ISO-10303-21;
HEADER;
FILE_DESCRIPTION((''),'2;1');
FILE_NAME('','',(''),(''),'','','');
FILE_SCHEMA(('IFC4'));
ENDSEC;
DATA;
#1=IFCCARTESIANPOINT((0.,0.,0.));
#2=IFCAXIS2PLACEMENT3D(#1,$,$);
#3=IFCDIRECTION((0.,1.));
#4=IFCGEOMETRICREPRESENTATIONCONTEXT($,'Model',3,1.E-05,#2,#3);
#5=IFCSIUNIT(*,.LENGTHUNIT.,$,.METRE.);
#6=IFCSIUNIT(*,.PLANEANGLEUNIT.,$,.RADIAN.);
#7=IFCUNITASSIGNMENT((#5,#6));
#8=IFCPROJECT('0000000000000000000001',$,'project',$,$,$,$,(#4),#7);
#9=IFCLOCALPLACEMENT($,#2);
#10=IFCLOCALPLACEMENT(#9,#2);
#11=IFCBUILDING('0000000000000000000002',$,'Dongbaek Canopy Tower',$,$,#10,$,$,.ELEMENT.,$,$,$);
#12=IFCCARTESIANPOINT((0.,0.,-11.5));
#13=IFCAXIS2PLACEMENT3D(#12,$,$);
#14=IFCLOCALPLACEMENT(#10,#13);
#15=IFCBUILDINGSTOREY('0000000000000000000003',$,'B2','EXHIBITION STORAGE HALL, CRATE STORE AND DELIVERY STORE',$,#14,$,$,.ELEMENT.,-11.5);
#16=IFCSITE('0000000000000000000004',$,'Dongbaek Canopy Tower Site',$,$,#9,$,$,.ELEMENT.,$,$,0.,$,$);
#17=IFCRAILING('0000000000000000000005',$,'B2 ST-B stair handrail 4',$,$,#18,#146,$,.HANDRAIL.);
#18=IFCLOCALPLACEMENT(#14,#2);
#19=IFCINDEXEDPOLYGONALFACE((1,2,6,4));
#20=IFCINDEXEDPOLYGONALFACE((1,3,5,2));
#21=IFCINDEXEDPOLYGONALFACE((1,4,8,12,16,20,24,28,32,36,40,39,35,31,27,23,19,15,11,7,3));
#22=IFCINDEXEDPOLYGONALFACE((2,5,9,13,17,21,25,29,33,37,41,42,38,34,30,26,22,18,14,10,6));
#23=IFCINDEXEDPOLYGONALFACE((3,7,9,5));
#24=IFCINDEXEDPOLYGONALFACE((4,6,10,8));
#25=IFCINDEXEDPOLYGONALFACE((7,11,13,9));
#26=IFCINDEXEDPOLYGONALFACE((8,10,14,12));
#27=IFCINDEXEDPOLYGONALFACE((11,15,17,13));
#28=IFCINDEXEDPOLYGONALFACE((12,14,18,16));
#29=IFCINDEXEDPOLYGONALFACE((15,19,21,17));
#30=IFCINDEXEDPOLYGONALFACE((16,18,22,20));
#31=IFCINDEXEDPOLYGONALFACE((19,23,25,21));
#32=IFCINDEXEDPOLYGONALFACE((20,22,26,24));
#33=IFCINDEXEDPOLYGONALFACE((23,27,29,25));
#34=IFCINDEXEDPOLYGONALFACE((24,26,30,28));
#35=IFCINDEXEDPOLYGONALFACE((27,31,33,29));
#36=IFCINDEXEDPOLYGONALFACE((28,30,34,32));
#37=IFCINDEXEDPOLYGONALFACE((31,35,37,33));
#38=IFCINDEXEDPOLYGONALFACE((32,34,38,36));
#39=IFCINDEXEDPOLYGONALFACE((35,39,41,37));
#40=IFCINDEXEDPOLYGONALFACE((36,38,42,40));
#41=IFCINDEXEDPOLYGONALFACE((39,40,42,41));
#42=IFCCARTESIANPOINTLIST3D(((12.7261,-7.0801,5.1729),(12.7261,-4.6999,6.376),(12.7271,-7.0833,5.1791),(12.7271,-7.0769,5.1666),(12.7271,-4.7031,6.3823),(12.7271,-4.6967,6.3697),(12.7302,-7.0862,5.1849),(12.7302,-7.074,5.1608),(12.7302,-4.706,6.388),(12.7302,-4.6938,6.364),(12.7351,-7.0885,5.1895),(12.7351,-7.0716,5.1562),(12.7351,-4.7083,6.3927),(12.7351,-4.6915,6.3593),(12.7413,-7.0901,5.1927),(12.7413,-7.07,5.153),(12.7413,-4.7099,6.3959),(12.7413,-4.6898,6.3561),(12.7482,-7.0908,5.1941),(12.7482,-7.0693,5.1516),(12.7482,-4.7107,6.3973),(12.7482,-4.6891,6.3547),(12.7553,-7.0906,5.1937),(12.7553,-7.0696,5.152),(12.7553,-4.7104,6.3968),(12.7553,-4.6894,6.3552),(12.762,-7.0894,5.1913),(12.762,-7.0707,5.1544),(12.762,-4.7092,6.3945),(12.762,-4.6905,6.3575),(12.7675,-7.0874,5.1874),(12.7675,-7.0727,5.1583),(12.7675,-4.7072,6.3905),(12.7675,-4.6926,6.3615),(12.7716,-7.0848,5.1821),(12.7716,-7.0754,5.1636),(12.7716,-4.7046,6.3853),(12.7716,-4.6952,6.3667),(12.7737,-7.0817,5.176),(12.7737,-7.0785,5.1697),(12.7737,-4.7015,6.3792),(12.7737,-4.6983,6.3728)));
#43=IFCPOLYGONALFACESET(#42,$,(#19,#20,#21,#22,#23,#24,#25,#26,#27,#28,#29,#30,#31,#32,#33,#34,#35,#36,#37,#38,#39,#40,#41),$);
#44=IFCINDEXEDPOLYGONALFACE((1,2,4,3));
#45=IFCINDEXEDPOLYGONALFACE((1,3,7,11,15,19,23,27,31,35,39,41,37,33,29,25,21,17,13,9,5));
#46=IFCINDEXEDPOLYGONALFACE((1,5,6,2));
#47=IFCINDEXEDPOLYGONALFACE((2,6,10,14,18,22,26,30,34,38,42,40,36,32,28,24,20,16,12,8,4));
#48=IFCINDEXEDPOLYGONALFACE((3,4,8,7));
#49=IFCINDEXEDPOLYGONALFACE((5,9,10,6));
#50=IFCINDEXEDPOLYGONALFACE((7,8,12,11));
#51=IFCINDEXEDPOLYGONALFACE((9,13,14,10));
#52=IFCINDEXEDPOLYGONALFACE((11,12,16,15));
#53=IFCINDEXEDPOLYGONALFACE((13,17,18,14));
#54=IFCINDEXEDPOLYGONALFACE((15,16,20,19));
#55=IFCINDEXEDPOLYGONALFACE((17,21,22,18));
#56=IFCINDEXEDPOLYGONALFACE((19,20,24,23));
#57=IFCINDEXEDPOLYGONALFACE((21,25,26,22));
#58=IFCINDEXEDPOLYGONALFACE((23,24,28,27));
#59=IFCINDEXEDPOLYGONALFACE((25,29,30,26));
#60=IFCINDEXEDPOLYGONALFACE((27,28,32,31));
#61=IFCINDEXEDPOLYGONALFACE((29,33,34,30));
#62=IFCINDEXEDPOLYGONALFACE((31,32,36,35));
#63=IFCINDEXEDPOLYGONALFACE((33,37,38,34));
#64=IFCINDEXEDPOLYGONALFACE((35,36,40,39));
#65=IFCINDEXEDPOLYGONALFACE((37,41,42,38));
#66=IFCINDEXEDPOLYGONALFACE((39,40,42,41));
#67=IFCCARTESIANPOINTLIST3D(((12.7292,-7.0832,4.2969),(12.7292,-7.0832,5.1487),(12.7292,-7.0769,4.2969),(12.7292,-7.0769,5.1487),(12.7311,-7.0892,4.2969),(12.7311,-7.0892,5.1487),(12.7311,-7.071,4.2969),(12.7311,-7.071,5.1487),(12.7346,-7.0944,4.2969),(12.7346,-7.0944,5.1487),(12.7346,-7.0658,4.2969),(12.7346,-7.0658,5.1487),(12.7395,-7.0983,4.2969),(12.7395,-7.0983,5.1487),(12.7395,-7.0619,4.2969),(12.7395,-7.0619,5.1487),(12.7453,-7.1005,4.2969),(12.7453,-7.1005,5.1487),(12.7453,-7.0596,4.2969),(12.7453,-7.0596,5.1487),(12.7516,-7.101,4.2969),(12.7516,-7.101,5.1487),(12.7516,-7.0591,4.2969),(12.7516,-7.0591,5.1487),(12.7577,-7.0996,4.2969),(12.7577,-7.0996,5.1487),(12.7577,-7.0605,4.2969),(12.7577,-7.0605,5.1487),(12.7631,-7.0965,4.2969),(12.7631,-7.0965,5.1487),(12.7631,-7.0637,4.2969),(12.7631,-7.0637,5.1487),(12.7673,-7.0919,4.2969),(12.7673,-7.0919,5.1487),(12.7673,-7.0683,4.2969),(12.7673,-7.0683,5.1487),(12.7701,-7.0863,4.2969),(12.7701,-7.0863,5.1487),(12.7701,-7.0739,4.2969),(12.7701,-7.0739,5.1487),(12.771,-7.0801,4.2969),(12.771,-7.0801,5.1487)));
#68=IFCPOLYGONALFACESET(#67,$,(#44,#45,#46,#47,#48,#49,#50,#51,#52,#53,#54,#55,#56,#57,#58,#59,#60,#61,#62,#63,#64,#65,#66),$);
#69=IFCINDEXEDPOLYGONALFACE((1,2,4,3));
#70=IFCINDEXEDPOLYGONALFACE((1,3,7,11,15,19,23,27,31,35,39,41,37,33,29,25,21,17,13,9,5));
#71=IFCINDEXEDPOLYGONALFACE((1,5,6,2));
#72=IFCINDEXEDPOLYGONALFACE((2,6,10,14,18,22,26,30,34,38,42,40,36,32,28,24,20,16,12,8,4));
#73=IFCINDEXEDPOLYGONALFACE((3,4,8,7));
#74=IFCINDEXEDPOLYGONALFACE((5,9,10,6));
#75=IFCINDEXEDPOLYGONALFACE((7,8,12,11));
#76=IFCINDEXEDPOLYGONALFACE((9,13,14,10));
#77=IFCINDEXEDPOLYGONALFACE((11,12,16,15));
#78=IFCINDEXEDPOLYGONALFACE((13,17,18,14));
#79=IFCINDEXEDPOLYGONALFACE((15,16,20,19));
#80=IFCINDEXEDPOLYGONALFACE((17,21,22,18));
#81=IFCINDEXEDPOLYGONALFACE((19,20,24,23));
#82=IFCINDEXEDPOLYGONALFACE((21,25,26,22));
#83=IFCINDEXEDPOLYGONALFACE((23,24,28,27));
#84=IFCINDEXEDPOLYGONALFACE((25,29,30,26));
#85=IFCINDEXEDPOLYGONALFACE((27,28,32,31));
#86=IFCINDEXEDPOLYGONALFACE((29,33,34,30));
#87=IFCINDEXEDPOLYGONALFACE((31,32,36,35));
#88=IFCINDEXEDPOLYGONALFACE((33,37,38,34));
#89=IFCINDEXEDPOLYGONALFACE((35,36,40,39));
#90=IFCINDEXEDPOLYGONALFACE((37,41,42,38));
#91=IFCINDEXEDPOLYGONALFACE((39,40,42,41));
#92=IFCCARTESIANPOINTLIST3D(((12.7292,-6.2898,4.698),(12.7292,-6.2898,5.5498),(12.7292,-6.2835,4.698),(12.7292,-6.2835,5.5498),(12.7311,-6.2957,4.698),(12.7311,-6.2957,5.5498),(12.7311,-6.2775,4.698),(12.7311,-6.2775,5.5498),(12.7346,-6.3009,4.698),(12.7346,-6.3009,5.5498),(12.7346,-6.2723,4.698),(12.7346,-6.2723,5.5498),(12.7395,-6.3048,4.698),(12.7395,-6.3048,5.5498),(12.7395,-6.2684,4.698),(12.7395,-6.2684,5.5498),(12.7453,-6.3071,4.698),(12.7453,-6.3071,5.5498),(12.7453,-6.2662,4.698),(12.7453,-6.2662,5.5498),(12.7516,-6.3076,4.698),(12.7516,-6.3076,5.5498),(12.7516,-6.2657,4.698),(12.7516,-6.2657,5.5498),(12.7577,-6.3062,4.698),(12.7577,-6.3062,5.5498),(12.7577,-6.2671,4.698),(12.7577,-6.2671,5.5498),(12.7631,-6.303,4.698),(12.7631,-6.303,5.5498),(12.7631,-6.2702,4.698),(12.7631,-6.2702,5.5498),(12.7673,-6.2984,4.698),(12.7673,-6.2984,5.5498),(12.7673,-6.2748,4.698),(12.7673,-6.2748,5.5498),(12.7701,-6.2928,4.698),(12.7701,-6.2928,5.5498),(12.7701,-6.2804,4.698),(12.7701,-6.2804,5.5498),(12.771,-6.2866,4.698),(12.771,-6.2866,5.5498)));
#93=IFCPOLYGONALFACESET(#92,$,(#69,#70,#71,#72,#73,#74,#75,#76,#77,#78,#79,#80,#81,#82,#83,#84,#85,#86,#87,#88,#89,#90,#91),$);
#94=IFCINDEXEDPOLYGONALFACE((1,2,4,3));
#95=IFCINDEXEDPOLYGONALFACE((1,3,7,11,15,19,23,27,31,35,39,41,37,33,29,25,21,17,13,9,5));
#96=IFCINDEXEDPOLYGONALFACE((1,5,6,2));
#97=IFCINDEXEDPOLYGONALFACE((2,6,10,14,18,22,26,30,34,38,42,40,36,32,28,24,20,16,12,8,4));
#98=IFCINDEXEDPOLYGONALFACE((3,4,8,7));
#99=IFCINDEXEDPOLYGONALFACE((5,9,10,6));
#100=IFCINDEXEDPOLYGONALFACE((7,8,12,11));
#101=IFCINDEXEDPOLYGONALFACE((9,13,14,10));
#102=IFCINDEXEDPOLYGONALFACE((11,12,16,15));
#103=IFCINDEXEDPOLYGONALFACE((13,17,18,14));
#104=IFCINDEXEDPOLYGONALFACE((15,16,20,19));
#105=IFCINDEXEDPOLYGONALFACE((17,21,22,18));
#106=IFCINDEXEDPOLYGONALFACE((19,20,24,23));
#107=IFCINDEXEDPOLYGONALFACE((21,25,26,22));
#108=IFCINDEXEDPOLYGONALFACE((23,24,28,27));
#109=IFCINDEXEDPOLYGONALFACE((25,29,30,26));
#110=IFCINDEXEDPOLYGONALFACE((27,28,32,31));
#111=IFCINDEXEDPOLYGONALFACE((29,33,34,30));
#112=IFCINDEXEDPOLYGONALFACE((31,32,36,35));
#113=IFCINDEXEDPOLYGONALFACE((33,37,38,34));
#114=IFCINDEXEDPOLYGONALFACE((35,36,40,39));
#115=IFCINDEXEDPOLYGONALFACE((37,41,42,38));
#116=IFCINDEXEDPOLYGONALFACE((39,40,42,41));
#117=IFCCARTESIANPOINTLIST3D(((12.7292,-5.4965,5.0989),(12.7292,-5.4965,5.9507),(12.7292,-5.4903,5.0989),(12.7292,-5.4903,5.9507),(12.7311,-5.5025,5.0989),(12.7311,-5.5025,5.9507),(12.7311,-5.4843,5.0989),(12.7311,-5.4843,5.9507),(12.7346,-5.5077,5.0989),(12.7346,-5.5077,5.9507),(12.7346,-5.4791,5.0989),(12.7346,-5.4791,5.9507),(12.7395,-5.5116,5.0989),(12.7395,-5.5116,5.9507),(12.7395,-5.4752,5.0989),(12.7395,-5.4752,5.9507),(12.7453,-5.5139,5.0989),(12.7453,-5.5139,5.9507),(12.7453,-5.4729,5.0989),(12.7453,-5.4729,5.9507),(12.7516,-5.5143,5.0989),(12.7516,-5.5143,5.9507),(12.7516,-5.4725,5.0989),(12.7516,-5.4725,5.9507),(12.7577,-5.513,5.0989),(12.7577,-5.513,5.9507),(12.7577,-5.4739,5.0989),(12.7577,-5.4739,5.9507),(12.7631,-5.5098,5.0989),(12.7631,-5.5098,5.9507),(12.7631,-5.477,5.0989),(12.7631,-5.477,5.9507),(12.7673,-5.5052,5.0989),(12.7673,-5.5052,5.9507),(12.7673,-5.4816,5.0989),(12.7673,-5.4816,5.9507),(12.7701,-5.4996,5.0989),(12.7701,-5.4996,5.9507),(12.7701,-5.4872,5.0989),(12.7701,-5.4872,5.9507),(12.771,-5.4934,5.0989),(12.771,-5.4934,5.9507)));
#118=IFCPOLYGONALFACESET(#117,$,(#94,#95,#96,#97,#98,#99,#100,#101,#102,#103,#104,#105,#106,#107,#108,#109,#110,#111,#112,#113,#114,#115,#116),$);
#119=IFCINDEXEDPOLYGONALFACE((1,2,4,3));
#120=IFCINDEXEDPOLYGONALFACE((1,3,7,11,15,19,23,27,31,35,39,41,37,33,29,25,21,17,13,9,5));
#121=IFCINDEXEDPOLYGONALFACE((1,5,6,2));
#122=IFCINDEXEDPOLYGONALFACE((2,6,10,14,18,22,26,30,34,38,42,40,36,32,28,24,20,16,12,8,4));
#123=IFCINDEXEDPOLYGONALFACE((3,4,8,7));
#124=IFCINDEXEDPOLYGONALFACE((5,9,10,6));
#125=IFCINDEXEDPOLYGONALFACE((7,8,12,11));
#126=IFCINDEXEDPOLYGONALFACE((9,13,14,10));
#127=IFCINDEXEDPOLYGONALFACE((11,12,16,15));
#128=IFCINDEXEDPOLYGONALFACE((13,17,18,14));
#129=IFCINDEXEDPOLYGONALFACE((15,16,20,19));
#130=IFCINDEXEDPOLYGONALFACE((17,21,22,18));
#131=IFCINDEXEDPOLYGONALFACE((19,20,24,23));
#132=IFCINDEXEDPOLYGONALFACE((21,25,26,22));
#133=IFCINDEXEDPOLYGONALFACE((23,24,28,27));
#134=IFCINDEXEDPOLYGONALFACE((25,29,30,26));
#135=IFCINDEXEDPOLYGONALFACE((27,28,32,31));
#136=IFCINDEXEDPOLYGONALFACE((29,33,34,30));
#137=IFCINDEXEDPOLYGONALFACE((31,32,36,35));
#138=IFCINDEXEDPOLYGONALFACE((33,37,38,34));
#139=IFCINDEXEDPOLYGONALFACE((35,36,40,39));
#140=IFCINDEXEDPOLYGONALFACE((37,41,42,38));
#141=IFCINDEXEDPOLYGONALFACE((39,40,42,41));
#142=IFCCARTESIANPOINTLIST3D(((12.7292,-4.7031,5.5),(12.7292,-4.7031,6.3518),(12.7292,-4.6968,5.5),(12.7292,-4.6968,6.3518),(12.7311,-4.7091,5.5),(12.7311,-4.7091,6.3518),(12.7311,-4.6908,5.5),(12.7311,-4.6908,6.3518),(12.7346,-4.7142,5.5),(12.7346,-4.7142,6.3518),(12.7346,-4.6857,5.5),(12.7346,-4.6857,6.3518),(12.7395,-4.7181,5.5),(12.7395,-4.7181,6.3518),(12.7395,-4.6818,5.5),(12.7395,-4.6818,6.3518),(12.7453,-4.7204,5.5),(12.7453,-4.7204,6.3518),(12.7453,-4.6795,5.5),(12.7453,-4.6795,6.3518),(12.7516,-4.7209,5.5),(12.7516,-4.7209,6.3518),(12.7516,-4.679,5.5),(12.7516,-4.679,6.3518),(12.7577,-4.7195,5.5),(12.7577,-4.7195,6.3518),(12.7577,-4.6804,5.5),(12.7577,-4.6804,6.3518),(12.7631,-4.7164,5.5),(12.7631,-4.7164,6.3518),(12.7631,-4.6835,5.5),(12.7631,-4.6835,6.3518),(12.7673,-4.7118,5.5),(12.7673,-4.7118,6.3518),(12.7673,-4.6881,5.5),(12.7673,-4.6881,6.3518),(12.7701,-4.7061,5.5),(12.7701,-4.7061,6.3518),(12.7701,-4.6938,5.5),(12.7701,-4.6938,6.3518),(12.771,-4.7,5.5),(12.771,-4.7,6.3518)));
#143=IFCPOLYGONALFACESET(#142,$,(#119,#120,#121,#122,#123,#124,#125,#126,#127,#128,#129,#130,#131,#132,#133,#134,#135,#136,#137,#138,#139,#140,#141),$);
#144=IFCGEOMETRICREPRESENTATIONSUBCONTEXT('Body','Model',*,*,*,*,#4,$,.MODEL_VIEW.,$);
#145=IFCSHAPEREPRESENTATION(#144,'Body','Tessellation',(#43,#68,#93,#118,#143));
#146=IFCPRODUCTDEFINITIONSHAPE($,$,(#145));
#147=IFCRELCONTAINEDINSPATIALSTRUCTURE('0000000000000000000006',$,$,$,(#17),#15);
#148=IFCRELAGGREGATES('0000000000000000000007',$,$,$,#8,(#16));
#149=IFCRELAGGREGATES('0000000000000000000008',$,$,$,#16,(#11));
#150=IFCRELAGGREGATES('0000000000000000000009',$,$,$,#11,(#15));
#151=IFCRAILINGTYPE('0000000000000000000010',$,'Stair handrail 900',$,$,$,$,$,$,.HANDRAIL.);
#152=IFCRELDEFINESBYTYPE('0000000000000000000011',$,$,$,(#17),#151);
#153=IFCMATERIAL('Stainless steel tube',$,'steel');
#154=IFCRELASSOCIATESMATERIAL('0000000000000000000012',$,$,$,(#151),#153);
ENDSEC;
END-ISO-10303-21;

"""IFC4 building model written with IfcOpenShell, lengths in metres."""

from ifc_helpers import new_model, si_unit, direction, frame, origin, origin_2d, place, context, subcontext, project, spatial, circle, extrude, material, type_object, element, save


model = new_model("IFC4")

# Units and contexts
model_context = context("Model", 3, precision=1e-05, world=origin(), true_north=direction((0.0, 1.0)))
body_context = subcontext(model_context, "Body", "Model", "MODEL_VIEW")
ifc_project = project(units=[si_unit("LENGTHUNIT", "METRE"), si_unit("PLANEANGLEUNIT", "RADIAN")], contexts=[model_context])

# Site, building, storey
site_placement = place(None, origin())
site = spatial("IfcSite", under=ifc_project, at=site_placement, Name="Dongbaek Canopy Tower Site", CompositionType="ELEMENT", RefElevation=0.0)
building_placement = place(site_placement, origin())
building = spatial("IfcBuilding", under=site, at=building_placement, Name="Dongbaek Canopy Tower", CompositionType="ELEMENT")
storey_placement = place(building_placement, frame((0.0, 0.0, -11.5)))
storey = spatial("IfcBuildingStorey", under=building, at=storey_placement, Name="B2", Description="EXHIBITION STORAGE HALL, CRATE STORE AND DELIVERY STORE", CompositionType="ELEMENT", Elevation=-11.5)

# Railing
ifc_material_1 = material(Name="Stainless steel tube", Category="steel")
railing_type_1 = type_object("IfcRailingType", Name="Stair handrail 900", PredefinedType="HANDRAIL", material=ifc_material_1)
for number, where, name in (
    (1, (12.75, -7.0801, 4.2969), "B2 ST-B stair handrail 4"),
):
    element("IfcRailing", number, at=place(storey_placement, frame(where)), inside=storey, type_object=railing_type_1, Name=name, PredefinedType="HANDRAIL", context=body_context, shape_type="SweptSolid", body=[
        extrude(circle(Radius=0.0239, at=origin_2d()), frame((0.0, 0.0, 0.876), z_axis=(0.0, 0.89246, 0.451127), x_axis=(-1.0, 0.0, 0.0)), (0.0, 0.0, 1.0), 2.667),
        extrude(circle(Radius=0.021, at=origin_2d()), origin(), (0.0, 0.0, 1.0), 0.8518),
        extrude(circle(Radius=0.021, at=origin_2d()), frame((0.0, 0.7935, 0.4011)), (0.0, 0.0, 1.0), 0.8518),
        extrude(circle(Radius=0.021, at=origin_2d()), frame((0.0, 1.5867, 0.802)), (0.0, 0.0, 1.0), 0.8518),
        extrude(circle(Radius=0.021, at=origin_2d()), frame((0.0, 2.3801, 1.2031)), (0.0, 0.0, 1.0), 0.8518),
    ])

save(model, "model.ifc")
